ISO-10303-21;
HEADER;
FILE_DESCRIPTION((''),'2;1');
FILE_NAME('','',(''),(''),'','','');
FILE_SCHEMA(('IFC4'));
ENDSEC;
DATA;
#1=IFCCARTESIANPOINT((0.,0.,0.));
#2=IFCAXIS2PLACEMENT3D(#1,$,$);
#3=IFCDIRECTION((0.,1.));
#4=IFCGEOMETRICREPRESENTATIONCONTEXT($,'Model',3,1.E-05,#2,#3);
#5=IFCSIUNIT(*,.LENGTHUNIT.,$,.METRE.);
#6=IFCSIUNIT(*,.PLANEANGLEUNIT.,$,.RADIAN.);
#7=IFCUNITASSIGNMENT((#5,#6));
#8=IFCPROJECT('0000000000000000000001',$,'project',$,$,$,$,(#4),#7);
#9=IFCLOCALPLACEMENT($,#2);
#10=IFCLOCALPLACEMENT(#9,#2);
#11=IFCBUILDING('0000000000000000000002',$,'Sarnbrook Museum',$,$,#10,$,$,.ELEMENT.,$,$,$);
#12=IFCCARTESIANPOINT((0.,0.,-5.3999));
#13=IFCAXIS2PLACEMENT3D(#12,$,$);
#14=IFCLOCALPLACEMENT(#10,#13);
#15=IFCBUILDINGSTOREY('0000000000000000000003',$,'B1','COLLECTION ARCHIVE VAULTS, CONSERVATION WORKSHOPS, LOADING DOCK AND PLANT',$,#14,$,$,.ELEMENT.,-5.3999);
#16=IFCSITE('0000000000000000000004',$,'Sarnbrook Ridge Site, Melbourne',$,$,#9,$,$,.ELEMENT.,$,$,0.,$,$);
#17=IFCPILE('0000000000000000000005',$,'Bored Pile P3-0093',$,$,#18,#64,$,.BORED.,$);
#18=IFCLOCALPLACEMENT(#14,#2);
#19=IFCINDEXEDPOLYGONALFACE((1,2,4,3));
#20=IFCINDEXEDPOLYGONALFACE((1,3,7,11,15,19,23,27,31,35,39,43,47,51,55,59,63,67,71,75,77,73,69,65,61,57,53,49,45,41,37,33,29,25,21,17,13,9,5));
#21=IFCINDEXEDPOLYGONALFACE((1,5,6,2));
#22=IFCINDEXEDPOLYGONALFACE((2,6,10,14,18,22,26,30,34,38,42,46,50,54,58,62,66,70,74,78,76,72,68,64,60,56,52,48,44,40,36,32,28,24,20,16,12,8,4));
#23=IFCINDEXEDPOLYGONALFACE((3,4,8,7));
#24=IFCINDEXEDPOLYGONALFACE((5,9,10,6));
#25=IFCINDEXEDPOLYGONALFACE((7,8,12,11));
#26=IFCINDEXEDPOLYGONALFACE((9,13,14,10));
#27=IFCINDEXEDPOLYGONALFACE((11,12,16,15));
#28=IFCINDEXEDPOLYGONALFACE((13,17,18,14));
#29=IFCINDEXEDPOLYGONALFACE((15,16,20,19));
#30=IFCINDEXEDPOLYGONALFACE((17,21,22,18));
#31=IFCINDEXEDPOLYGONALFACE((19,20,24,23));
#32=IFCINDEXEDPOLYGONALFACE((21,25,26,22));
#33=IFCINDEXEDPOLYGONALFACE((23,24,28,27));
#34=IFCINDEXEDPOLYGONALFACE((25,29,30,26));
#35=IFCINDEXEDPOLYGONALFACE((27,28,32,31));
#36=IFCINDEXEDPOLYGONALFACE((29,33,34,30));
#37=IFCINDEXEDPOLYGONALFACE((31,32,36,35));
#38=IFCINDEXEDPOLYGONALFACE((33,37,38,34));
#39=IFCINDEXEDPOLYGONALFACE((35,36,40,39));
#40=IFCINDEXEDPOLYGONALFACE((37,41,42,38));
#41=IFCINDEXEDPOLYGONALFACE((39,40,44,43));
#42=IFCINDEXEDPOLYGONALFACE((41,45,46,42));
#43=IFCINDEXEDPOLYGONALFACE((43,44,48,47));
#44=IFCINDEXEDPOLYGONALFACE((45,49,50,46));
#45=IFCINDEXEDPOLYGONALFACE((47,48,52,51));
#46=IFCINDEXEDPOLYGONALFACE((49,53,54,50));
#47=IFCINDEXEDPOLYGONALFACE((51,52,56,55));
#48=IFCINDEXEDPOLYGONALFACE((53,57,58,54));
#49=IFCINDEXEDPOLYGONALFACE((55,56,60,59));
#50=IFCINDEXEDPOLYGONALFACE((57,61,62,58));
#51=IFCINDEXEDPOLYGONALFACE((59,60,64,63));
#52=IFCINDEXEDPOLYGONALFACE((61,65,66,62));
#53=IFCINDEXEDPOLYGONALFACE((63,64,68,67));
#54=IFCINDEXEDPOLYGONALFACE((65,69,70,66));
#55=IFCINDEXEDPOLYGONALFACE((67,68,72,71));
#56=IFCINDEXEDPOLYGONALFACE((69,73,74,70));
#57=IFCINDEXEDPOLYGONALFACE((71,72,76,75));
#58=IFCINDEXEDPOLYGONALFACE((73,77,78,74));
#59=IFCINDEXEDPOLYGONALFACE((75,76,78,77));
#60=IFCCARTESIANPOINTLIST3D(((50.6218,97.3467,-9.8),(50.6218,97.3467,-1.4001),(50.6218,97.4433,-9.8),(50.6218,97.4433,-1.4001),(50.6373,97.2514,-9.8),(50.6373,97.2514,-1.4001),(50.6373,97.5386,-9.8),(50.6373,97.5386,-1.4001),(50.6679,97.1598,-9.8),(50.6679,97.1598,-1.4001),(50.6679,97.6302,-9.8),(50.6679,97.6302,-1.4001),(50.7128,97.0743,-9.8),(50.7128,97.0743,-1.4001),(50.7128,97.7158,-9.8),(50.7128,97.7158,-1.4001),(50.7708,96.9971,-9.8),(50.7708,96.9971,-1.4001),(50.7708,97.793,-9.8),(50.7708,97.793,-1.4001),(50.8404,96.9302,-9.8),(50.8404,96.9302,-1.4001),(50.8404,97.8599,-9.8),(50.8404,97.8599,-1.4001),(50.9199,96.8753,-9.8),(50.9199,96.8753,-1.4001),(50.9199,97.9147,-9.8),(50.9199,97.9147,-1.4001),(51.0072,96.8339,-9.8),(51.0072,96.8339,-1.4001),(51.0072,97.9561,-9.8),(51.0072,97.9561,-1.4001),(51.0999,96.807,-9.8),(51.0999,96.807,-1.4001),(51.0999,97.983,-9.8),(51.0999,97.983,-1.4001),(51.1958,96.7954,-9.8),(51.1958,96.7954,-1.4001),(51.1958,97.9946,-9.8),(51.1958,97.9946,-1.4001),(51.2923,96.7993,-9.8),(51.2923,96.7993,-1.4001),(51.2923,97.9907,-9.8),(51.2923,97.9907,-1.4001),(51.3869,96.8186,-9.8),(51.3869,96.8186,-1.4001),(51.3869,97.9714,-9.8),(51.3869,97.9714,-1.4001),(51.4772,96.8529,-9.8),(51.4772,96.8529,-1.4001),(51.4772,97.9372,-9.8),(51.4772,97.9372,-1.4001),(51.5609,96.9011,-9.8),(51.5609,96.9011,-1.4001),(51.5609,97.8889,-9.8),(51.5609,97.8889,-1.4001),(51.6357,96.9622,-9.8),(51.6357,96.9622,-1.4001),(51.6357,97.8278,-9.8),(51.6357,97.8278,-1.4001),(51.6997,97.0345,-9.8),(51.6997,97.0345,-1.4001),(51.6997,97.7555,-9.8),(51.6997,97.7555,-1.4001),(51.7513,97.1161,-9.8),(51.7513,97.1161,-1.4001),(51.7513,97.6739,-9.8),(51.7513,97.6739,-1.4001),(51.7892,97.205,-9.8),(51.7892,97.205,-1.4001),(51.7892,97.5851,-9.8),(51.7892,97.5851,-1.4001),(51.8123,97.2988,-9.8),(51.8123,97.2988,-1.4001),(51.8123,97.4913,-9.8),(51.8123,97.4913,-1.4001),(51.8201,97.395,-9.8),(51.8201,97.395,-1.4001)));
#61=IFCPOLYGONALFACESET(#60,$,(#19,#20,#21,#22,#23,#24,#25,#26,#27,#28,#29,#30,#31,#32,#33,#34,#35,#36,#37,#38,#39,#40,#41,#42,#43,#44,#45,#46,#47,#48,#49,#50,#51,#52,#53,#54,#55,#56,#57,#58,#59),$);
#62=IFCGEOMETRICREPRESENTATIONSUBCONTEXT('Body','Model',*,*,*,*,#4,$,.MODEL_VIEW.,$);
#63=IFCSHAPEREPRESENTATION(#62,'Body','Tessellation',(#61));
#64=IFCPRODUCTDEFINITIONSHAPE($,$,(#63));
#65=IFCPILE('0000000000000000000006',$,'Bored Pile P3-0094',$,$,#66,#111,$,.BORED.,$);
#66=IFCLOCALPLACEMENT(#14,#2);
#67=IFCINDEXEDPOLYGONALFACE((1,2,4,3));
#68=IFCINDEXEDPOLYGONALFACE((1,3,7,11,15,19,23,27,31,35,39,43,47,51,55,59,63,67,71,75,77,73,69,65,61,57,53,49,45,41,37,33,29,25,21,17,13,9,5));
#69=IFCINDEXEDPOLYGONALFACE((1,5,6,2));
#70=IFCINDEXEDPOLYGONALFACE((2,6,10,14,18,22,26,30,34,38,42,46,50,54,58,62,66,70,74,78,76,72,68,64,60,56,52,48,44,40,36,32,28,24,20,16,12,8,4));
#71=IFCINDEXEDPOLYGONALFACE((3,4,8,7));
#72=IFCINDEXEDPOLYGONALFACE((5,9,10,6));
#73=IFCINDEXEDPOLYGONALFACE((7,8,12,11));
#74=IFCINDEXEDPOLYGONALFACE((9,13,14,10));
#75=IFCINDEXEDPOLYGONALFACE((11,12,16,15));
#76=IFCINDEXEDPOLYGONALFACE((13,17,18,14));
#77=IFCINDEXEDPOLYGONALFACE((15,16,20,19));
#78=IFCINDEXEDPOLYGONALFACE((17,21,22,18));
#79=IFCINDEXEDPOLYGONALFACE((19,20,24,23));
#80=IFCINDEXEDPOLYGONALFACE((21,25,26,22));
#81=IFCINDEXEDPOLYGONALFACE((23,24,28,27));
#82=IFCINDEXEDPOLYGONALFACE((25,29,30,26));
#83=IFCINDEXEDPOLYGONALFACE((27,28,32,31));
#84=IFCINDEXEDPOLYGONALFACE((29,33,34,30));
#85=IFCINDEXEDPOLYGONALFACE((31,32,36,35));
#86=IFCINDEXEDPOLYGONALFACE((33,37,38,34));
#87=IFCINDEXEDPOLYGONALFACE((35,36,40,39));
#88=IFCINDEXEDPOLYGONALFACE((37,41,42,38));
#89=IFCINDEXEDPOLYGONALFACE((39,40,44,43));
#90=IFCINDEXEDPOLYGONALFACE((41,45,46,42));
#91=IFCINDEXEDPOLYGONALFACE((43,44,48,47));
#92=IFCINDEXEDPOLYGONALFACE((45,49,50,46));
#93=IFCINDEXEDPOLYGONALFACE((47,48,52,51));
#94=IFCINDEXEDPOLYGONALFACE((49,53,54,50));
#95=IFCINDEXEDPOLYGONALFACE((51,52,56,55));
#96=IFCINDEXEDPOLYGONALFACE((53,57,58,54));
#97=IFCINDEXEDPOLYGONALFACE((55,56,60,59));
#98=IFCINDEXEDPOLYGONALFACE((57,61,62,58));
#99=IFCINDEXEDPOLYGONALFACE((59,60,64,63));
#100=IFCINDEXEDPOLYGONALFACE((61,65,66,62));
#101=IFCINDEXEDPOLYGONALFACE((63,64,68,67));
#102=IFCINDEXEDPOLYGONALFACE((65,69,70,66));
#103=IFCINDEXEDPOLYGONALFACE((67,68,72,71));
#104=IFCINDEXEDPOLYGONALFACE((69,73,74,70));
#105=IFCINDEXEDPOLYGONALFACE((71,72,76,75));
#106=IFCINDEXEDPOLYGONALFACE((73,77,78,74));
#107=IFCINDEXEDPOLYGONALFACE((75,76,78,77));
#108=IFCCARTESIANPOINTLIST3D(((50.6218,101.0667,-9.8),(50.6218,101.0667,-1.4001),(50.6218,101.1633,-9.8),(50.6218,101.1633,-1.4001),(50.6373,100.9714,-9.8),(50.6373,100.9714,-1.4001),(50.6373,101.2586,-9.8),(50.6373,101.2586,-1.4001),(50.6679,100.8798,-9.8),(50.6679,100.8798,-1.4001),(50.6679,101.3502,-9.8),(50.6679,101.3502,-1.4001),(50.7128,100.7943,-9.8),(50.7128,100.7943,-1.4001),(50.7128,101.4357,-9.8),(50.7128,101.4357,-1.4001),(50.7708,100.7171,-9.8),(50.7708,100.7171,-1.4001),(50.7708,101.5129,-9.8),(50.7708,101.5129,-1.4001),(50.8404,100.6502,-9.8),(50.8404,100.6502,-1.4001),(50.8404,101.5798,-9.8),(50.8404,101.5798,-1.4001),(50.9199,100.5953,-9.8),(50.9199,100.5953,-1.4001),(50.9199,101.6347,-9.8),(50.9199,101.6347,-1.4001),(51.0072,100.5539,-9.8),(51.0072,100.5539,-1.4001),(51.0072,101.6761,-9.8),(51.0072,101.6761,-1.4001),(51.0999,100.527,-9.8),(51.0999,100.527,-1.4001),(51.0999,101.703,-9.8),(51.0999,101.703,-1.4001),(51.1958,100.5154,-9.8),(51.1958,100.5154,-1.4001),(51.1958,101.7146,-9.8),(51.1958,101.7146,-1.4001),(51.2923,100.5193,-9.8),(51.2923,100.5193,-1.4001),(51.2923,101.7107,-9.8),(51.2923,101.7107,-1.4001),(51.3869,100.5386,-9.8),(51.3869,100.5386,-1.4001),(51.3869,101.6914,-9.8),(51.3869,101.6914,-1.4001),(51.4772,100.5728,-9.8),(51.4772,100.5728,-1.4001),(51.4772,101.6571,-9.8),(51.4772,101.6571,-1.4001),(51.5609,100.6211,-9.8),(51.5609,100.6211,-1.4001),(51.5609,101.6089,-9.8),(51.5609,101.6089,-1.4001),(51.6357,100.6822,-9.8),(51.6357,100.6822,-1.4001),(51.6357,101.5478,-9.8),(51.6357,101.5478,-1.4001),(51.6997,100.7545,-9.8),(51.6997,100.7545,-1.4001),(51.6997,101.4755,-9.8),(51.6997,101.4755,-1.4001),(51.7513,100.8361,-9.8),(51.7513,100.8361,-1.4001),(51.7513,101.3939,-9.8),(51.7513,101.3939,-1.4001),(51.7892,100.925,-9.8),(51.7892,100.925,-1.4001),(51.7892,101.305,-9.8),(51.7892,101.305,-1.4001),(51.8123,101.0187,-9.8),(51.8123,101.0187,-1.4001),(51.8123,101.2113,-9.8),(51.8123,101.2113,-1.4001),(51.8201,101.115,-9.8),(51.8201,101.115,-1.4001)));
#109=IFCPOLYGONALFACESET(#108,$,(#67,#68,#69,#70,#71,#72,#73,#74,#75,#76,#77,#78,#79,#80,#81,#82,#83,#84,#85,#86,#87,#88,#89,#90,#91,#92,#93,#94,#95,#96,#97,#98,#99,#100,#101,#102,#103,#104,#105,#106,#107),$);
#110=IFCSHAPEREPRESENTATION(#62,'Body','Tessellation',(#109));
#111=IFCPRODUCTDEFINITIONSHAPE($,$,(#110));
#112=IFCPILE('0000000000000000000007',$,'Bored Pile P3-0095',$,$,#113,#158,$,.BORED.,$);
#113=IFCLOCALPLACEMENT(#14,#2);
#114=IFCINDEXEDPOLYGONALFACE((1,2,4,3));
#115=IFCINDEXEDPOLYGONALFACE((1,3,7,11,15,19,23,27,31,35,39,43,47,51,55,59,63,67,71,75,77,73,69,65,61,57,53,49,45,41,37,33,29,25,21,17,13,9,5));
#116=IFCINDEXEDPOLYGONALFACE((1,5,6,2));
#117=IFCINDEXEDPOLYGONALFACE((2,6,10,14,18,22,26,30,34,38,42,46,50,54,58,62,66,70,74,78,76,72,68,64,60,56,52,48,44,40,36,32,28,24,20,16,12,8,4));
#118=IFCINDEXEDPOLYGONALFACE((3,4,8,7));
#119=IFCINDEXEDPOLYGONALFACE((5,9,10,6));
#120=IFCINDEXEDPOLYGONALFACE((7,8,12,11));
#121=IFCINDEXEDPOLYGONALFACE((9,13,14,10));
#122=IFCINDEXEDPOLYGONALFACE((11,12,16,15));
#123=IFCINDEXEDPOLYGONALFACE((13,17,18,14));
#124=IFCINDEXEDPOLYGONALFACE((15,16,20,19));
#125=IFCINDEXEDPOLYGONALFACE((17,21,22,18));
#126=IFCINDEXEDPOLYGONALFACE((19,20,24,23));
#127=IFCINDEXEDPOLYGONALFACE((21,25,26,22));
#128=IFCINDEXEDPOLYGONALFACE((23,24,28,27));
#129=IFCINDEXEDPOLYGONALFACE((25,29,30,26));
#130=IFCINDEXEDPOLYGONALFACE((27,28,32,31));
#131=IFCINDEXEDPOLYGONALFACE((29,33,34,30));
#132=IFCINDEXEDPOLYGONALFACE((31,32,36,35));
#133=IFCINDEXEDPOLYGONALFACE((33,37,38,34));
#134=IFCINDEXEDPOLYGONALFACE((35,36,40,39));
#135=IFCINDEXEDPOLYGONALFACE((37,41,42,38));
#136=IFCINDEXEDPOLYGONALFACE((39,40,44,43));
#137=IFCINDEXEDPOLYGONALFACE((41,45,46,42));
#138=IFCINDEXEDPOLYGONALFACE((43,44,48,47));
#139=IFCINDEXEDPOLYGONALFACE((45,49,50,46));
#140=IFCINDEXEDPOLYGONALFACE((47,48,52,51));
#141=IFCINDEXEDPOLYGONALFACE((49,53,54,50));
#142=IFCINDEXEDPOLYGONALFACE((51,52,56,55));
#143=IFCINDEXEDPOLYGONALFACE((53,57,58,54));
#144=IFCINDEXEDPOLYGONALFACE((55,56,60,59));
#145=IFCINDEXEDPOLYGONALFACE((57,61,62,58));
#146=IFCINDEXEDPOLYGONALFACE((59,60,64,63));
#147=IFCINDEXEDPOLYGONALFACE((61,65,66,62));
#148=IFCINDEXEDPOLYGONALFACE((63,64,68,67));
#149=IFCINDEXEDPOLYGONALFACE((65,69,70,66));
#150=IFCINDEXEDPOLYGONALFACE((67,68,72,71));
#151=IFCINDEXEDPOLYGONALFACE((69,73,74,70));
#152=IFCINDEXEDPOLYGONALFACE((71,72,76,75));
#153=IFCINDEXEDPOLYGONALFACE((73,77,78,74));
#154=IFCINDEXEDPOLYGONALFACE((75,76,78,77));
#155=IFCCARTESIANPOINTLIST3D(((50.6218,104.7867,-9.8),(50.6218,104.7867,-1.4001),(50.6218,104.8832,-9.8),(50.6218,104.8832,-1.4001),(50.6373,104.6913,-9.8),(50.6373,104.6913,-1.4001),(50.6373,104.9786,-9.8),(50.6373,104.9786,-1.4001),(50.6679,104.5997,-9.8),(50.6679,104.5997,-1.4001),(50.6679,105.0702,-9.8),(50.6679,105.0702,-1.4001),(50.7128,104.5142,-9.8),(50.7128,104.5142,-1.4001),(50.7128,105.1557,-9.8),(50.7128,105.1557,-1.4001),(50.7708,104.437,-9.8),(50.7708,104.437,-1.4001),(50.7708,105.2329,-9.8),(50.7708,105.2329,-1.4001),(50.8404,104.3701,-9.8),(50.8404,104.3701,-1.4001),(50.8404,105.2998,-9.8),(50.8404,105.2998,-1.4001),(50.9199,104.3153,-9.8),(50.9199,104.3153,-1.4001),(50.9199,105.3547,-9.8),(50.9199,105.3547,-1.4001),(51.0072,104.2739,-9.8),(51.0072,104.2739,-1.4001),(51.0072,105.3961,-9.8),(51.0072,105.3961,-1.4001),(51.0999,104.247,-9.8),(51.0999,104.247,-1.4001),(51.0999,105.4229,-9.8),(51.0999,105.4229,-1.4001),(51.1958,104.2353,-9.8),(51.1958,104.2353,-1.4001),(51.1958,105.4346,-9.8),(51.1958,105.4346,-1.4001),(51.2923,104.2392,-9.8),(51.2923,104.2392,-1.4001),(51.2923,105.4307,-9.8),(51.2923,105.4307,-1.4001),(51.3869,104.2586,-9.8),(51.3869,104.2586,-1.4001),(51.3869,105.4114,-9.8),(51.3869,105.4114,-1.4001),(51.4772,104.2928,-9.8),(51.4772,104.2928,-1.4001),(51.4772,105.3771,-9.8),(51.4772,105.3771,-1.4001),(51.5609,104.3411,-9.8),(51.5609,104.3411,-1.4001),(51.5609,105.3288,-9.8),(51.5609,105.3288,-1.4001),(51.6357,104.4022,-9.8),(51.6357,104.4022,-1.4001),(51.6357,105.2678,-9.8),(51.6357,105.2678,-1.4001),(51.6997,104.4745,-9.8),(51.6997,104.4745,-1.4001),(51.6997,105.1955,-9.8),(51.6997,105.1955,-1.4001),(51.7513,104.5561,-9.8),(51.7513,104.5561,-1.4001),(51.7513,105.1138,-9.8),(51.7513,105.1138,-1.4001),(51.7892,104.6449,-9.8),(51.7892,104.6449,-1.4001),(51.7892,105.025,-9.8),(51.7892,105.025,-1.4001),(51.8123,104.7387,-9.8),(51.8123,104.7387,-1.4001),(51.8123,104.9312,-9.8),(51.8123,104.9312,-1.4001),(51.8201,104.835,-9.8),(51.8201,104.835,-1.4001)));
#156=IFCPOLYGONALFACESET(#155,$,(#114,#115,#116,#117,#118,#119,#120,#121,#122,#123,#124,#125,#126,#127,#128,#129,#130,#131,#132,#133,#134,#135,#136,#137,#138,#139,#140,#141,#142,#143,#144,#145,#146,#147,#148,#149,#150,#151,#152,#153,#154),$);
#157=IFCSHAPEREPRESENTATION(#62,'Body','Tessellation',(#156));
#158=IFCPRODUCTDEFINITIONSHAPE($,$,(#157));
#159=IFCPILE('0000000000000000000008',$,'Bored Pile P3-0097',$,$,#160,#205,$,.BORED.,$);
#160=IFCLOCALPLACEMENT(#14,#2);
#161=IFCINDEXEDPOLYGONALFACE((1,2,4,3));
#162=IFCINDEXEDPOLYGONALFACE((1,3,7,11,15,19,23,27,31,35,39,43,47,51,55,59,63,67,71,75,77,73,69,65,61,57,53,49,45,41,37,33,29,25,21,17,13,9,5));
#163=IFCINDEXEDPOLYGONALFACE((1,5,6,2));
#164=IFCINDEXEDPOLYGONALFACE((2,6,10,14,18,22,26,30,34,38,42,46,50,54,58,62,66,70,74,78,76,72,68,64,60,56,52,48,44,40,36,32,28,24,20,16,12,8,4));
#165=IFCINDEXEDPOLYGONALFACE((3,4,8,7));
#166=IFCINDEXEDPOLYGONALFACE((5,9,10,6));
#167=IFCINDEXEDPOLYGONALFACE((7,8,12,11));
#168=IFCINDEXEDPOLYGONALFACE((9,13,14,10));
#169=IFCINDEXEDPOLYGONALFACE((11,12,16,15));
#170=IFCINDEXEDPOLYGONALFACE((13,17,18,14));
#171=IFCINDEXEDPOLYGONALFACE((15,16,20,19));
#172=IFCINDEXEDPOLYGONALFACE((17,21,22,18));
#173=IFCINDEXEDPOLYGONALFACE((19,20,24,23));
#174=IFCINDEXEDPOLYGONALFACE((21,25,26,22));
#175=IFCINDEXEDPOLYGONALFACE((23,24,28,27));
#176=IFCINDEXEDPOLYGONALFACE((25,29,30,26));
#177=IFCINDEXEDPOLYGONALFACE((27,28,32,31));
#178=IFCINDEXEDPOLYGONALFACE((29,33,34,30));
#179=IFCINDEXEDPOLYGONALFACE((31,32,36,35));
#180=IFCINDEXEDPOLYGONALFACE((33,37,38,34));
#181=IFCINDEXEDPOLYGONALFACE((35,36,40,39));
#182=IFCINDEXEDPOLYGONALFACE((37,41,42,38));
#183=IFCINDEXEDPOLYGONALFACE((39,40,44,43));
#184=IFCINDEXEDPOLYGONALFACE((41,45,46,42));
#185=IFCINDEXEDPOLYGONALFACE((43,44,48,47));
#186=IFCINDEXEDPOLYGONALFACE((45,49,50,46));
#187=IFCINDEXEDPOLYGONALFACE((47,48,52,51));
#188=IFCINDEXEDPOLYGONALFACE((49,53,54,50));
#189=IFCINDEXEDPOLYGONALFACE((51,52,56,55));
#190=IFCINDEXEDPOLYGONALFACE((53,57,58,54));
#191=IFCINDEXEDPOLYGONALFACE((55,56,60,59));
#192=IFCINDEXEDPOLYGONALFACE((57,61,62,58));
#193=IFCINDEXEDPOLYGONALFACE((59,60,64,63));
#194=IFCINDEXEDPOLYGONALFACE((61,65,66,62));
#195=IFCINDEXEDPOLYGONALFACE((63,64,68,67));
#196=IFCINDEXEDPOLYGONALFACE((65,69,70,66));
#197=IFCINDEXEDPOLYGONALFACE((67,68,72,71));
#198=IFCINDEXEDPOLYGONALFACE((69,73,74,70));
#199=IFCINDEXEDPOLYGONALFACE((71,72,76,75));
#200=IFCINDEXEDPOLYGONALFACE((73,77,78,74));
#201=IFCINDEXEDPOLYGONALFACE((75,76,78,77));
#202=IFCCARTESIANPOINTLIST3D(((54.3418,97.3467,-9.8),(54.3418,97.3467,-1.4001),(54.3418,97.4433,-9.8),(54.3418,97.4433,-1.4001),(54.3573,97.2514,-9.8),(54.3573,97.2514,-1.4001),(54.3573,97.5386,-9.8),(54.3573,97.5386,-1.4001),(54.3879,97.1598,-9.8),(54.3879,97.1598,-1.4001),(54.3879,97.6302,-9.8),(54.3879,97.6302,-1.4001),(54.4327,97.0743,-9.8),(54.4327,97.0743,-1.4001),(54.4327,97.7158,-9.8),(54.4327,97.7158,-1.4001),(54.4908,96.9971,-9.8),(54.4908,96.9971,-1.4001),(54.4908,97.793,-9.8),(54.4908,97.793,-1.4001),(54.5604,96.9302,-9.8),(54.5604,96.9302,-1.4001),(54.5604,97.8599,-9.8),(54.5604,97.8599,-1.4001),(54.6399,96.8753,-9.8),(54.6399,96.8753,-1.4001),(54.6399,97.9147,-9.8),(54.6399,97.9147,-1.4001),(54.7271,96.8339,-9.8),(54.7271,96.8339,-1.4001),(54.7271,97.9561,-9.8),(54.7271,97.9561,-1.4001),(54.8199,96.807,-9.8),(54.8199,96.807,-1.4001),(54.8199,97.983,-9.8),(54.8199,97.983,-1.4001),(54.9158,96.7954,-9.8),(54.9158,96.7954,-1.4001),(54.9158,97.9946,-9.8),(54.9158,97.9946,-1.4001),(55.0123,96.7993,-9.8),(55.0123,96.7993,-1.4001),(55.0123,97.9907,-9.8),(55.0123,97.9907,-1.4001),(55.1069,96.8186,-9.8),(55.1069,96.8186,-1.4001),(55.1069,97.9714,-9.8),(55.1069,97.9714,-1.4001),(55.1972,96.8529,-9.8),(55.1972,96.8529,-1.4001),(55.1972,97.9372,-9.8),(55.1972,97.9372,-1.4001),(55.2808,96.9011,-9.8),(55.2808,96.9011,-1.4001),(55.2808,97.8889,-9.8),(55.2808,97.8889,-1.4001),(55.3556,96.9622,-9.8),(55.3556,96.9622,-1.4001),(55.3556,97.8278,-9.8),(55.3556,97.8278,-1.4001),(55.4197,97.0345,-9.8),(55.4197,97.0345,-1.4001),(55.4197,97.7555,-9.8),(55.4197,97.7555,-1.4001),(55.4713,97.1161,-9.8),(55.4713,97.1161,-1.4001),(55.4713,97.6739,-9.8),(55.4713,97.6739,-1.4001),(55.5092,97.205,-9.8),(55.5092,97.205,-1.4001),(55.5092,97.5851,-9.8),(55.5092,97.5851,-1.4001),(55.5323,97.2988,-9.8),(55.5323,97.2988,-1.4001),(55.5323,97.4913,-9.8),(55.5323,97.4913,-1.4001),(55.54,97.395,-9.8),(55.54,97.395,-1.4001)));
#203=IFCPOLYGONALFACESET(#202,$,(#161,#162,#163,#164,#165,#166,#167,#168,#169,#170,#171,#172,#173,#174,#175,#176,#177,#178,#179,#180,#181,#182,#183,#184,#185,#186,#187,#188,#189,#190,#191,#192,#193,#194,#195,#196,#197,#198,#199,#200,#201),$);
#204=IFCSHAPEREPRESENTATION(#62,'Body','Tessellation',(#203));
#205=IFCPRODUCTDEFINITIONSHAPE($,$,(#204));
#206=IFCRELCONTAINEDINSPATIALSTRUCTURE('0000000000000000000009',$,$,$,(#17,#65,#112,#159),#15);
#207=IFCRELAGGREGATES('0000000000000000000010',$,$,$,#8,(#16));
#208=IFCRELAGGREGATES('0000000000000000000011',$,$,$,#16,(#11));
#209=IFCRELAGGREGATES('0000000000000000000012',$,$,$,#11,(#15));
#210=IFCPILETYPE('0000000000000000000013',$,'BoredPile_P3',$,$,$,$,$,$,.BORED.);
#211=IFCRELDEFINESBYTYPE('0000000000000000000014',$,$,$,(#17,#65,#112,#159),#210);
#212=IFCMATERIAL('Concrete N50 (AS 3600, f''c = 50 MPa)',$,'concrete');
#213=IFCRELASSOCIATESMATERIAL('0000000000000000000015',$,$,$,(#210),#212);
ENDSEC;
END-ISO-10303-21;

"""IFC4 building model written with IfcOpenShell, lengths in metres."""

from ifc_helpers import new_model, si_unit, direction, frame, origin, origin_2d, place, context, subcontext, project, spatial, circle, extrude, material, material_profile, profile_set, type_object, element, save


model = new_model("IFC4")

# Units and contexts
model_context = context("Model", 3, precision=1e-05, world=origin(), true_north=direction((0.0, 1.0)))
body_context = subcontext(model_context, "Body", "Model", "MODEL_VIEW")
ifc_project = project(units=[si_unit("LENGTHUNIT", "METRE"), si_unit("PLANEANGLEUNIT", "RADIAN")], contexts=[model_context])

# Site, building, storey
site_placement = place(None, origin())
site = spatial("IfcSite", under=ifc_project, at=site_placement, Name="Sarnbrook Ridge Site, Melbourne", CompositionType="ELEMENT", RefElevation=0.0)
building_placement = place(site_placement, origin())
building = spatial("IfcBuilding", under=site, at=building_placement, Name="Sarnbrook Museum", CompositionType="ELEMENT")
storey_placement = place(building_placement, frame((0.0, 0.0, -5.3999)))
storey = spatial("IfcBuildingStorey", under=building, at=storey_placement, Name="B1", Description="COLLECTION ARCHIVE VAULTS, CONSERVATION WORKSHOPS, LOADING DOCK AND PLANT", CompositionType="ELEMENT", Elevation=-5.3999)

# Piles
ifc_material_1 = material(Name="Concrete N50 (AS 3600, f'c = 50 MPa)", Category="concrete")
ifc_material_profile_1 = material_profile(ifc_material_1, circle(Radius=0.6001, at=origin_2d()), Name="BORED PILE D1200")
ifc_profile_set_1 = profile_set([ifc_material_profile_1], Name="Concrete N50 (AS 3600, f'c = 50 MPa)")
pile_type = type_object("IfcPileType", Name="BoredPile_P3", PredefinedType="BORED", material=ifc_profile_set_1)
for number, where, z_axis, x_axis, name in (
    (1, (51.22, 97.395, -1.4001), (0.0, 0.0, -1.0), (1.0, 0.0, 0.0), "Bored Pile P3-0093"),
    (2, (51.22, 101.115, -1.4001), (0.0, 0.0, -1.0), (1.0, 0.0, 0.0), "Bored Pile P3-0094"),
    (3, (51.22, 104.835, -1.4001), (0.0, 0.0, -1.0), (1.0, 0.0, 0.0), "Bored Pile P3-0095"),
    (4, (54.9399, 97.395, -1.4001), (0.0, 0.0, -1.0), (1.0, 0.0, 0.0), "Bored Pile P3-0097"),
):
    element("IfcPile", number, at=place(storey_placement, frame(where, z_axis=z_axis, x_axis=x_axis)), inside=storey, type_object=pile_type, Name=name, PredefinedType="BORED", context=body_context, shape_type="SweptSolid", body=[
        extrude(circle(Radius=0.6001, at=origin_2d()), origin(), (0.0, 0.0, 1.0), 8.3999),
    ])

save(model, "model.ifc")
